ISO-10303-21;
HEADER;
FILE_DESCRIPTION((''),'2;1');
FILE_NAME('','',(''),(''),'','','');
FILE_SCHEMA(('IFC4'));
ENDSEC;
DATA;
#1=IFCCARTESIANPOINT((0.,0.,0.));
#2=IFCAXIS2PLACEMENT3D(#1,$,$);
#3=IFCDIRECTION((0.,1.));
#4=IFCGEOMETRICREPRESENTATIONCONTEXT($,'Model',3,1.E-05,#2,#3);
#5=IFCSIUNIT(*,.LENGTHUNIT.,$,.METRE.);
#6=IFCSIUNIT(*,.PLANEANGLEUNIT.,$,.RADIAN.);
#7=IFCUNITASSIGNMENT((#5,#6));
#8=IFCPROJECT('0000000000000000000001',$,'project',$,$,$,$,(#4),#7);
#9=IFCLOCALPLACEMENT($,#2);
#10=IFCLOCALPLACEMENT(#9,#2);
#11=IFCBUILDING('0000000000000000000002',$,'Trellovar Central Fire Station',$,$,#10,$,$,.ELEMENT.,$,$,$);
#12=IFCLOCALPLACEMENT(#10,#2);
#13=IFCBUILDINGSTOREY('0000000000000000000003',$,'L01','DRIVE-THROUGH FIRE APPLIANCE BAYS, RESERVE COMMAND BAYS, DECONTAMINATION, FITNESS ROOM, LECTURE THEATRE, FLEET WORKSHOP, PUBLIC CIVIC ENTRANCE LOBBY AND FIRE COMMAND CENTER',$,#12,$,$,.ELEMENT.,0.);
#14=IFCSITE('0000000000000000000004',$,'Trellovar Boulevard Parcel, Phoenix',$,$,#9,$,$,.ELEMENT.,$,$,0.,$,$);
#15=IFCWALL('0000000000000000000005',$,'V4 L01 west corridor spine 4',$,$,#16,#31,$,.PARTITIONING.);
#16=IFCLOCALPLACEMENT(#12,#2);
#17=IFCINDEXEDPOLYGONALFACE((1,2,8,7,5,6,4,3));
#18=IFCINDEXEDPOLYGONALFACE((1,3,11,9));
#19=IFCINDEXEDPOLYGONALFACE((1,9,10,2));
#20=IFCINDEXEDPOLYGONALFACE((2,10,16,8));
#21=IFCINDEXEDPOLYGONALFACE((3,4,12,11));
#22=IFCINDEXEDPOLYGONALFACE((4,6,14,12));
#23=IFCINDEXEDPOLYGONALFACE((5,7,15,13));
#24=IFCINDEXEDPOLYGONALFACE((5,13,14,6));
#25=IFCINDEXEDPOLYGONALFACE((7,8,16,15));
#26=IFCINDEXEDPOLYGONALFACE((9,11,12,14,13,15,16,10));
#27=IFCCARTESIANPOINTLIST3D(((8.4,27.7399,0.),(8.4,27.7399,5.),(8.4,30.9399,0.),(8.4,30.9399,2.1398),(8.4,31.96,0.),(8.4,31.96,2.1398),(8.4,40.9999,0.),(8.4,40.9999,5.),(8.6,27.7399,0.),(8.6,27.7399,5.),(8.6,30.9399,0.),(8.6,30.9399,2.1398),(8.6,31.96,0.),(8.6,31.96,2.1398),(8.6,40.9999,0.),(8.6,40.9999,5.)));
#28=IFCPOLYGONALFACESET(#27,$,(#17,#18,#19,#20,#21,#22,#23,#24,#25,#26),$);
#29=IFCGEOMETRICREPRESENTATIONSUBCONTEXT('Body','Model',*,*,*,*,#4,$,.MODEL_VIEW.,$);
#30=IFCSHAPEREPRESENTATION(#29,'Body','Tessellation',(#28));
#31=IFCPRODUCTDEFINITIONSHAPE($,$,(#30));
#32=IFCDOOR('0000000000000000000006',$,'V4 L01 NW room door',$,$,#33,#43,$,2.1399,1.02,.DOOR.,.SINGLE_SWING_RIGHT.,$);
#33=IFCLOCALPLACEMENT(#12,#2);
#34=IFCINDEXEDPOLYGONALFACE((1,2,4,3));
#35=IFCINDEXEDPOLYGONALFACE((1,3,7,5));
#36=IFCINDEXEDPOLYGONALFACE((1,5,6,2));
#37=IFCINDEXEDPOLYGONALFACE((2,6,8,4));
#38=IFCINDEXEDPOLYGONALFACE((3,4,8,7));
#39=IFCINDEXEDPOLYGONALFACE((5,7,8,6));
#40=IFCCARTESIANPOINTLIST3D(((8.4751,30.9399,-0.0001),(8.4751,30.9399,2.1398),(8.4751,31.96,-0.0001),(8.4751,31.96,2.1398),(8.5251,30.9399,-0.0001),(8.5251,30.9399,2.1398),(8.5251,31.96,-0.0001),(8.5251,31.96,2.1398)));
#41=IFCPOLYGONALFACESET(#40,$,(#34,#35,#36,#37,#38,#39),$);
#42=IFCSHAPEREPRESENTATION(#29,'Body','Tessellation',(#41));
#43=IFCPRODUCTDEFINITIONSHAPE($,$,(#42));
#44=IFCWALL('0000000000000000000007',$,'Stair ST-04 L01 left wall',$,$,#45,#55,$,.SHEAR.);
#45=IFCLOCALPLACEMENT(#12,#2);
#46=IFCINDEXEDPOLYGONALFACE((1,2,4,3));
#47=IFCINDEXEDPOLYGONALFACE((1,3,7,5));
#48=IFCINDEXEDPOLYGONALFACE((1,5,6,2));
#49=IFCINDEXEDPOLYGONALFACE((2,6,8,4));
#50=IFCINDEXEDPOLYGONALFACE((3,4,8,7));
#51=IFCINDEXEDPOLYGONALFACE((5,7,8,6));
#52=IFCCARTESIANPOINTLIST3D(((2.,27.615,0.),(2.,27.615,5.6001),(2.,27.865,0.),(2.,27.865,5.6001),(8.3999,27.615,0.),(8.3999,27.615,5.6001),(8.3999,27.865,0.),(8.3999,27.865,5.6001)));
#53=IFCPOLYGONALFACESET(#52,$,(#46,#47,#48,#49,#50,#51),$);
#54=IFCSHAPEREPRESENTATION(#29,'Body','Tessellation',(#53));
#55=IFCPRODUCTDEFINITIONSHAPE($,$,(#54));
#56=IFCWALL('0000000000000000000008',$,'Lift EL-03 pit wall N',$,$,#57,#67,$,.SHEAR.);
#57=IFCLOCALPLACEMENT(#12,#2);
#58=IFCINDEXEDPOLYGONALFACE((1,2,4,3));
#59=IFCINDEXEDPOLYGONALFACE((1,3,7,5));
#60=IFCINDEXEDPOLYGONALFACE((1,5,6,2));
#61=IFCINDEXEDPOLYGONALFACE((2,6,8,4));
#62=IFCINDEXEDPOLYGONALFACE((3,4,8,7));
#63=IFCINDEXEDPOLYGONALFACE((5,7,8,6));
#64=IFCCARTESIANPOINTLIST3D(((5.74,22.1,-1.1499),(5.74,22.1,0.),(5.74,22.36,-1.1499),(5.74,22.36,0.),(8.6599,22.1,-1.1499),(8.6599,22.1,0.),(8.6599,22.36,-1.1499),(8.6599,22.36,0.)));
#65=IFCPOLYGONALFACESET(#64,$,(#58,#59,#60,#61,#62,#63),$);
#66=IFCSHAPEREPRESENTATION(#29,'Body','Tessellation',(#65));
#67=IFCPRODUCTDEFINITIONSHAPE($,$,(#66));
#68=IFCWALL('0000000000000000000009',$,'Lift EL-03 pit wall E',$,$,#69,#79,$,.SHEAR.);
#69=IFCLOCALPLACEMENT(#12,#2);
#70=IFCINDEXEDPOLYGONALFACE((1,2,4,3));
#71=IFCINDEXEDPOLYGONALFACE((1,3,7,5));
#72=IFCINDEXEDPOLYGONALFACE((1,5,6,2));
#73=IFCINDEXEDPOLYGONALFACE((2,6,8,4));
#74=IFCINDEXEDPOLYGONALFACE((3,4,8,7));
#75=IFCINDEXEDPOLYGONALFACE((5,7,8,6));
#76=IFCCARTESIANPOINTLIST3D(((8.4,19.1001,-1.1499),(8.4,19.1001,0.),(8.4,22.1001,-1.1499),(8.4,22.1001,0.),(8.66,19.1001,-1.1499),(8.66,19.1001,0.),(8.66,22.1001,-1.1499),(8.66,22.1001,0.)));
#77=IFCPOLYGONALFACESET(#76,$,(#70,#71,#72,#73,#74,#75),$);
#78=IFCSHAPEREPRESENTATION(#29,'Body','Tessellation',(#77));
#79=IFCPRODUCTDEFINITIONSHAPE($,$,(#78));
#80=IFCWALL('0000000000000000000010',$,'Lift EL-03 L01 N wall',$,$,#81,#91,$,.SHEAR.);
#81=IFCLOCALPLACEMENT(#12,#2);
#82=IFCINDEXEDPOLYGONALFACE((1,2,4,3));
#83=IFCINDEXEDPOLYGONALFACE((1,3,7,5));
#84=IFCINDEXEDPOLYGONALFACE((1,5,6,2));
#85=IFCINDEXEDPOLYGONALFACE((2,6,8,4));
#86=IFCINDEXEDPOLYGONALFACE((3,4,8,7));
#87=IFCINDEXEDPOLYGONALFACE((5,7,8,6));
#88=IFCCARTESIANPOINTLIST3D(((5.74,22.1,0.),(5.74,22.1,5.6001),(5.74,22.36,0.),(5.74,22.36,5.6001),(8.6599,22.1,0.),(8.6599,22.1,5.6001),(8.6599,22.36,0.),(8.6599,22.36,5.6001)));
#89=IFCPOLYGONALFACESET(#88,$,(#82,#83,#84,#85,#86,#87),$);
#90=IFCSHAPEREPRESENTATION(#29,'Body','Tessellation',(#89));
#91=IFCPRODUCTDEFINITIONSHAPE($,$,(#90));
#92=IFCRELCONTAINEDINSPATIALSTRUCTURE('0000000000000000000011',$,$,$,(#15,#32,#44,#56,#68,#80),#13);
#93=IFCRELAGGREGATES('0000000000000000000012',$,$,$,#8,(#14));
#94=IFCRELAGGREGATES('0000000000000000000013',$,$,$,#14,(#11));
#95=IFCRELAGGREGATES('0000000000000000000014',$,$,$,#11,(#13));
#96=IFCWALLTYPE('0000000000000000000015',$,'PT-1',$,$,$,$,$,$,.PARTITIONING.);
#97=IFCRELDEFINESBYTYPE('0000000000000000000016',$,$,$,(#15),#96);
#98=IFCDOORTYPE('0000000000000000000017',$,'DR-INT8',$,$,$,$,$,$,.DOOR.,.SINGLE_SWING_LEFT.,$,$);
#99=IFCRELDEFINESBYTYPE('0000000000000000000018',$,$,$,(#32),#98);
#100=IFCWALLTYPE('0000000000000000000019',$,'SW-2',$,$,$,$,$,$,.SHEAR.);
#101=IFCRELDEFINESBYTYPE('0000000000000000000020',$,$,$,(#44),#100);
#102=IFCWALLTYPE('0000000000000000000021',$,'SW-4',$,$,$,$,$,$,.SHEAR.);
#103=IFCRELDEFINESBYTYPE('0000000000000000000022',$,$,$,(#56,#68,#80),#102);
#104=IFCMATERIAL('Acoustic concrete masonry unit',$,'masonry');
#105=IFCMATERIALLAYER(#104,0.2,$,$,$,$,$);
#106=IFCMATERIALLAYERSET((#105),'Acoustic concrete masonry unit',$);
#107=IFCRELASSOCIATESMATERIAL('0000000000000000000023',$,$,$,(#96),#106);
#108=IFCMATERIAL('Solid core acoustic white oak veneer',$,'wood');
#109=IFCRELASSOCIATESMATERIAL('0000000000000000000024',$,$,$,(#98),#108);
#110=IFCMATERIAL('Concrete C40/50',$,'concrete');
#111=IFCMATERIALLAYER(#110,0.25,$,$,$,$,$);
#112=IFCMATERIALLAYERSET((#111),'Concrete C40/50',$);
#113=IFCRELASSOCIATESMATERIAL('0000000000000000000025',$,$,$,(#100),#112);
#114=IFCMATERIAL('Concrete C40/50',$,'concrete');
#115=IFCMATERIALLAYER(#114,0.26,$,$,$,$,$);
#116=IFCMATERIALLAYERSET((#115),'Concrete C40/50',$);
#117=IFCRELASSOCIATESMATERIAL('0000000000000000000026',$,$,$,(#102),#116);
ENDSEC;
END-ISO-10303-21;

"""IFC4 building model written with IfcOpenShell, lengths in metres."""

from ifc_helpers import new_model, si_unit, direction, frame, frame_2d, origin, place, context, subcontext, project, spatial, rectangle, extrude, material, layer, layer_set, type_object, element, fill, save


model = new_model("IFC4")

# Units and contexts
model_context = context("Model", 3, precision=1e-05, world=origin(), true_north=direction((0.0, 1.0)))
body_context = subcontext(model_context, "Body", "Model", "MODEL_VIEW")
ifc_project = project(units=[si_unit("LENGTHUNIT", "METRE"), si_unit("PLANEANGLEUNIT", "RADIAN")], contexts=[model_context])

# Site, building, storey
site_placement = place(None, origin())
site = spatial("IfcSite", under=ifc_project, at=site_placement, Name="Trellovar Boulevard Parcel, Phoenix", CompositionType="ELEMENT", RefElevation=0.0)
building_placement = place(site_placement, origin())
building = spatial("IfcBuilding", under=site, at=building_placement, Name="Trellovar Central Fire Station", CompositionType="ELEMENT")
storey_placement = place(building_placement, origin())
storey = spatial("IfcBuildingStorey", under=building, at=storey_placement, Name="L01", Description="DRIVE-THROUGH FIRE APPLIANCE BAYS, RESERVE COMMAND BAYS, DECONTAMINATION, FITNESS ROOM, LECTURE THEATRE, FLEET WORKSHOP, PUBLIC CIVIC ENTRANCE LOBBY AND FIRE COMMAND CENTER", CompositionType="ELEMENT", Elevation=0.0)

# Wall, opening, door
ifc_material_1 = material(Name="Acoustic concrete masonry unit", Category="masonry")
ifc_layer_1 = layer(ifc_material_1, 0.2)
ifc_layer_set_1 = layer_set([ifc_layer_1], Name="Acoustic concrete masonry unit")
wall_type_1 = type_object("IfcWallType", Name="PT-1", PredefinedType="PARTITIONING", material=ifc_layer_set_1)
wall_1_placement = place(storey_placement, frame((8.5, 27.74, 0.0), z_axis=(0.0, 0.0, 1.0), x_axis=(0.0, 1.0, 0.0)))
wall_1 = element("IfcWall", 1, at=wall_1_placement, inside=storey, type_object=wall_type_1, Name="V4 L01 west corridor spine 4", PredefinedType="PARTITIONING", context=body_context, shape_type="SweptSolid", body=[
    extrude(rectangle(XDim=13.26, YDim=0.2, at=frame_2d((6.6299, 0.0))), origin(), (0.0, 0.0, 1.0), 5.0),
])
opening_1_placement = place(wall_1_placement, frame((3.2, 0.0, 0.0)))
opening_1 = element("IfcOpeningElement", 2, at=opening_1_placement, cuts=wall_1, PredefinedType="OPENING", context=body_context, shape_type="SweptSolid", body=[
    extrude(rectangle(XDim=1.02, YDim=2.1399, at=frame_2d((0.51, 1.0698))), frame((0.0, 0.1099, 0.0), z_axis=(0.0, -1.0, 0.0), x_axis=(1.0, 0.0, 0.0)), (0.0, 0.0, 1.0), 0.22),
])
ifc_material_2 = material(Name="Solid core acoustic white oak veneer", Category="wood")
door_type_1 = type_object("IfcDoorType", Name="DR-INT8", OperationType="SINGLE_SWING_LEFT", PredefinedType="DOOR", material=ifc_material_2)
door_1_placement = place(opening_1_placement, origin())
door_1 = element("IfcDoor", 3, at=door_1_placement, inside=storey, type_object=door_type_1, Name="V4 L01 NW room door", OperationType="SINGLE_SWING_RIGHT", OverallHeight=2.1399, OverallWidth=1.02, PredefinedType="DOOR", context=body_context, shape_type="SweptSolid", body=[
    extrude(rectangle(XDim=1.02, YDim=2.1399, at=frame_2d((0.51, 1.0698))), frame((0.0, 0.0249, 0.0), z_axis=(0.0, -1.0, 0.0), x_axis=(1.0, 0.0, 0.0)), (0.0, 0.0, 1.0), 0.05),
])
fill(opening_1, door_1)

# Walls
ifc_material_3 = material(Name="Concrete C40/50", Category="concrete")
ifc_layer_2 = layer(ifc_material_3, 0.25)
ifc_layer_set_2 = layer_set([ifc_layer_2], Name="Concrete C40/50")
wall_type_2 = type_object("IfcWallType", Name="SW-2", PredefinedType="SHEAR", material=ifc_layer_set_2)
wall_2_placement = place(storey_placement, frame((8.3999, 27.74, 0.0), z_axis=(0.0, 0.0, 1.0), x_axis=(-1.0, 0.0, 0.0)))
element("IfcWall", 4, at=wall_2_placement, inside=storey, type_object=wall_type_2, Name="Stair ST-04 L01 left wall", PredefinedType="SHEAR", context=body_context, shape_type="SweptSolid", body=[
    extrude(rectangle(XDim=6.3999, YDim=0.25, at=frame_2d((3.2, 0.0))), origin(), (0.0, 0.0, 1.0), 5.6001),
])
ifc_material_4 = material(Name="Concrete C40/50", Category="concrete")
ifc_layer_3 = layer(ifc_material_4, 0.26)
ifc_layer_set_3 = layer_set([ifc_layer_3], Name="Concrete C40/50")
wall_type_3 = type_object("IfcWallType", Name="SW-4", PredefinedType="SHEAR", material=ifc_layer_set_3)
wall_3_placement = place(storey_placement, frame((8.6599, 22.23, -1.1499), z_axis=(0.0, 0.0, 1.0), x_axis=(-1.0, 0.0, 0.0)))
element("IfcWall", 5, at=wall_3_placement, inside=storey, type_object=wall_type_3, Name="Lift EL-03 pit wall N", PredefinedType="SHEAR", context=body_context, shape_type="SweptSolid", body=[
    extrude(rectangle(XDim=2.9199, YDim=0.26, at=frame_2d((1.46, 0.0))), origin(), (0.0, 0.0, 1.0), 1.1499),
])
wall_4_placement = place(storey_placement, frame((8.53, 19.1001, -1.1499), z_axis=(0.0, 0.0, 1.0), x_axis=(0.0, 1.0, 0.0)))
element("IfcWall", 6, at=wall_4_placement, inside=storey, type_object=wall_type_3, Name="Lift EL-03 pit wall E", PredefinedType="SHEAR", context=body_context, shape_type="SweptSolid", body=[
    extrude(rectangle(XDim=3.0, YDim=0.26, at=frame_2d((1.5, 0.0))), origin(), (0.0, 0.0, 1.0), 1.1499),
])
wall_5_placement = place(storey_placement, frame((8.6599, 22.23, 0.0), z_axis=(0.0, 0.0, 1.0), x_axis=(-1.0, 0.0, 0.0)))
element("IfcWall", 7, at=wall_5_placement, inside=storey, type_object=wall_type_3, Name="Lift EL-03 L01 N wall", PredefinedType="SHEAR", context=body_context, shape_type="SweptSolid", body=[
    extrude(rectangle(XDim=2.9199, YDim=0.26, at=frame_2d((1.46, 0.0))), origin(), (0.0, 0.0, 1.0), 5.6001),
])

save(model, "model.ifc")
